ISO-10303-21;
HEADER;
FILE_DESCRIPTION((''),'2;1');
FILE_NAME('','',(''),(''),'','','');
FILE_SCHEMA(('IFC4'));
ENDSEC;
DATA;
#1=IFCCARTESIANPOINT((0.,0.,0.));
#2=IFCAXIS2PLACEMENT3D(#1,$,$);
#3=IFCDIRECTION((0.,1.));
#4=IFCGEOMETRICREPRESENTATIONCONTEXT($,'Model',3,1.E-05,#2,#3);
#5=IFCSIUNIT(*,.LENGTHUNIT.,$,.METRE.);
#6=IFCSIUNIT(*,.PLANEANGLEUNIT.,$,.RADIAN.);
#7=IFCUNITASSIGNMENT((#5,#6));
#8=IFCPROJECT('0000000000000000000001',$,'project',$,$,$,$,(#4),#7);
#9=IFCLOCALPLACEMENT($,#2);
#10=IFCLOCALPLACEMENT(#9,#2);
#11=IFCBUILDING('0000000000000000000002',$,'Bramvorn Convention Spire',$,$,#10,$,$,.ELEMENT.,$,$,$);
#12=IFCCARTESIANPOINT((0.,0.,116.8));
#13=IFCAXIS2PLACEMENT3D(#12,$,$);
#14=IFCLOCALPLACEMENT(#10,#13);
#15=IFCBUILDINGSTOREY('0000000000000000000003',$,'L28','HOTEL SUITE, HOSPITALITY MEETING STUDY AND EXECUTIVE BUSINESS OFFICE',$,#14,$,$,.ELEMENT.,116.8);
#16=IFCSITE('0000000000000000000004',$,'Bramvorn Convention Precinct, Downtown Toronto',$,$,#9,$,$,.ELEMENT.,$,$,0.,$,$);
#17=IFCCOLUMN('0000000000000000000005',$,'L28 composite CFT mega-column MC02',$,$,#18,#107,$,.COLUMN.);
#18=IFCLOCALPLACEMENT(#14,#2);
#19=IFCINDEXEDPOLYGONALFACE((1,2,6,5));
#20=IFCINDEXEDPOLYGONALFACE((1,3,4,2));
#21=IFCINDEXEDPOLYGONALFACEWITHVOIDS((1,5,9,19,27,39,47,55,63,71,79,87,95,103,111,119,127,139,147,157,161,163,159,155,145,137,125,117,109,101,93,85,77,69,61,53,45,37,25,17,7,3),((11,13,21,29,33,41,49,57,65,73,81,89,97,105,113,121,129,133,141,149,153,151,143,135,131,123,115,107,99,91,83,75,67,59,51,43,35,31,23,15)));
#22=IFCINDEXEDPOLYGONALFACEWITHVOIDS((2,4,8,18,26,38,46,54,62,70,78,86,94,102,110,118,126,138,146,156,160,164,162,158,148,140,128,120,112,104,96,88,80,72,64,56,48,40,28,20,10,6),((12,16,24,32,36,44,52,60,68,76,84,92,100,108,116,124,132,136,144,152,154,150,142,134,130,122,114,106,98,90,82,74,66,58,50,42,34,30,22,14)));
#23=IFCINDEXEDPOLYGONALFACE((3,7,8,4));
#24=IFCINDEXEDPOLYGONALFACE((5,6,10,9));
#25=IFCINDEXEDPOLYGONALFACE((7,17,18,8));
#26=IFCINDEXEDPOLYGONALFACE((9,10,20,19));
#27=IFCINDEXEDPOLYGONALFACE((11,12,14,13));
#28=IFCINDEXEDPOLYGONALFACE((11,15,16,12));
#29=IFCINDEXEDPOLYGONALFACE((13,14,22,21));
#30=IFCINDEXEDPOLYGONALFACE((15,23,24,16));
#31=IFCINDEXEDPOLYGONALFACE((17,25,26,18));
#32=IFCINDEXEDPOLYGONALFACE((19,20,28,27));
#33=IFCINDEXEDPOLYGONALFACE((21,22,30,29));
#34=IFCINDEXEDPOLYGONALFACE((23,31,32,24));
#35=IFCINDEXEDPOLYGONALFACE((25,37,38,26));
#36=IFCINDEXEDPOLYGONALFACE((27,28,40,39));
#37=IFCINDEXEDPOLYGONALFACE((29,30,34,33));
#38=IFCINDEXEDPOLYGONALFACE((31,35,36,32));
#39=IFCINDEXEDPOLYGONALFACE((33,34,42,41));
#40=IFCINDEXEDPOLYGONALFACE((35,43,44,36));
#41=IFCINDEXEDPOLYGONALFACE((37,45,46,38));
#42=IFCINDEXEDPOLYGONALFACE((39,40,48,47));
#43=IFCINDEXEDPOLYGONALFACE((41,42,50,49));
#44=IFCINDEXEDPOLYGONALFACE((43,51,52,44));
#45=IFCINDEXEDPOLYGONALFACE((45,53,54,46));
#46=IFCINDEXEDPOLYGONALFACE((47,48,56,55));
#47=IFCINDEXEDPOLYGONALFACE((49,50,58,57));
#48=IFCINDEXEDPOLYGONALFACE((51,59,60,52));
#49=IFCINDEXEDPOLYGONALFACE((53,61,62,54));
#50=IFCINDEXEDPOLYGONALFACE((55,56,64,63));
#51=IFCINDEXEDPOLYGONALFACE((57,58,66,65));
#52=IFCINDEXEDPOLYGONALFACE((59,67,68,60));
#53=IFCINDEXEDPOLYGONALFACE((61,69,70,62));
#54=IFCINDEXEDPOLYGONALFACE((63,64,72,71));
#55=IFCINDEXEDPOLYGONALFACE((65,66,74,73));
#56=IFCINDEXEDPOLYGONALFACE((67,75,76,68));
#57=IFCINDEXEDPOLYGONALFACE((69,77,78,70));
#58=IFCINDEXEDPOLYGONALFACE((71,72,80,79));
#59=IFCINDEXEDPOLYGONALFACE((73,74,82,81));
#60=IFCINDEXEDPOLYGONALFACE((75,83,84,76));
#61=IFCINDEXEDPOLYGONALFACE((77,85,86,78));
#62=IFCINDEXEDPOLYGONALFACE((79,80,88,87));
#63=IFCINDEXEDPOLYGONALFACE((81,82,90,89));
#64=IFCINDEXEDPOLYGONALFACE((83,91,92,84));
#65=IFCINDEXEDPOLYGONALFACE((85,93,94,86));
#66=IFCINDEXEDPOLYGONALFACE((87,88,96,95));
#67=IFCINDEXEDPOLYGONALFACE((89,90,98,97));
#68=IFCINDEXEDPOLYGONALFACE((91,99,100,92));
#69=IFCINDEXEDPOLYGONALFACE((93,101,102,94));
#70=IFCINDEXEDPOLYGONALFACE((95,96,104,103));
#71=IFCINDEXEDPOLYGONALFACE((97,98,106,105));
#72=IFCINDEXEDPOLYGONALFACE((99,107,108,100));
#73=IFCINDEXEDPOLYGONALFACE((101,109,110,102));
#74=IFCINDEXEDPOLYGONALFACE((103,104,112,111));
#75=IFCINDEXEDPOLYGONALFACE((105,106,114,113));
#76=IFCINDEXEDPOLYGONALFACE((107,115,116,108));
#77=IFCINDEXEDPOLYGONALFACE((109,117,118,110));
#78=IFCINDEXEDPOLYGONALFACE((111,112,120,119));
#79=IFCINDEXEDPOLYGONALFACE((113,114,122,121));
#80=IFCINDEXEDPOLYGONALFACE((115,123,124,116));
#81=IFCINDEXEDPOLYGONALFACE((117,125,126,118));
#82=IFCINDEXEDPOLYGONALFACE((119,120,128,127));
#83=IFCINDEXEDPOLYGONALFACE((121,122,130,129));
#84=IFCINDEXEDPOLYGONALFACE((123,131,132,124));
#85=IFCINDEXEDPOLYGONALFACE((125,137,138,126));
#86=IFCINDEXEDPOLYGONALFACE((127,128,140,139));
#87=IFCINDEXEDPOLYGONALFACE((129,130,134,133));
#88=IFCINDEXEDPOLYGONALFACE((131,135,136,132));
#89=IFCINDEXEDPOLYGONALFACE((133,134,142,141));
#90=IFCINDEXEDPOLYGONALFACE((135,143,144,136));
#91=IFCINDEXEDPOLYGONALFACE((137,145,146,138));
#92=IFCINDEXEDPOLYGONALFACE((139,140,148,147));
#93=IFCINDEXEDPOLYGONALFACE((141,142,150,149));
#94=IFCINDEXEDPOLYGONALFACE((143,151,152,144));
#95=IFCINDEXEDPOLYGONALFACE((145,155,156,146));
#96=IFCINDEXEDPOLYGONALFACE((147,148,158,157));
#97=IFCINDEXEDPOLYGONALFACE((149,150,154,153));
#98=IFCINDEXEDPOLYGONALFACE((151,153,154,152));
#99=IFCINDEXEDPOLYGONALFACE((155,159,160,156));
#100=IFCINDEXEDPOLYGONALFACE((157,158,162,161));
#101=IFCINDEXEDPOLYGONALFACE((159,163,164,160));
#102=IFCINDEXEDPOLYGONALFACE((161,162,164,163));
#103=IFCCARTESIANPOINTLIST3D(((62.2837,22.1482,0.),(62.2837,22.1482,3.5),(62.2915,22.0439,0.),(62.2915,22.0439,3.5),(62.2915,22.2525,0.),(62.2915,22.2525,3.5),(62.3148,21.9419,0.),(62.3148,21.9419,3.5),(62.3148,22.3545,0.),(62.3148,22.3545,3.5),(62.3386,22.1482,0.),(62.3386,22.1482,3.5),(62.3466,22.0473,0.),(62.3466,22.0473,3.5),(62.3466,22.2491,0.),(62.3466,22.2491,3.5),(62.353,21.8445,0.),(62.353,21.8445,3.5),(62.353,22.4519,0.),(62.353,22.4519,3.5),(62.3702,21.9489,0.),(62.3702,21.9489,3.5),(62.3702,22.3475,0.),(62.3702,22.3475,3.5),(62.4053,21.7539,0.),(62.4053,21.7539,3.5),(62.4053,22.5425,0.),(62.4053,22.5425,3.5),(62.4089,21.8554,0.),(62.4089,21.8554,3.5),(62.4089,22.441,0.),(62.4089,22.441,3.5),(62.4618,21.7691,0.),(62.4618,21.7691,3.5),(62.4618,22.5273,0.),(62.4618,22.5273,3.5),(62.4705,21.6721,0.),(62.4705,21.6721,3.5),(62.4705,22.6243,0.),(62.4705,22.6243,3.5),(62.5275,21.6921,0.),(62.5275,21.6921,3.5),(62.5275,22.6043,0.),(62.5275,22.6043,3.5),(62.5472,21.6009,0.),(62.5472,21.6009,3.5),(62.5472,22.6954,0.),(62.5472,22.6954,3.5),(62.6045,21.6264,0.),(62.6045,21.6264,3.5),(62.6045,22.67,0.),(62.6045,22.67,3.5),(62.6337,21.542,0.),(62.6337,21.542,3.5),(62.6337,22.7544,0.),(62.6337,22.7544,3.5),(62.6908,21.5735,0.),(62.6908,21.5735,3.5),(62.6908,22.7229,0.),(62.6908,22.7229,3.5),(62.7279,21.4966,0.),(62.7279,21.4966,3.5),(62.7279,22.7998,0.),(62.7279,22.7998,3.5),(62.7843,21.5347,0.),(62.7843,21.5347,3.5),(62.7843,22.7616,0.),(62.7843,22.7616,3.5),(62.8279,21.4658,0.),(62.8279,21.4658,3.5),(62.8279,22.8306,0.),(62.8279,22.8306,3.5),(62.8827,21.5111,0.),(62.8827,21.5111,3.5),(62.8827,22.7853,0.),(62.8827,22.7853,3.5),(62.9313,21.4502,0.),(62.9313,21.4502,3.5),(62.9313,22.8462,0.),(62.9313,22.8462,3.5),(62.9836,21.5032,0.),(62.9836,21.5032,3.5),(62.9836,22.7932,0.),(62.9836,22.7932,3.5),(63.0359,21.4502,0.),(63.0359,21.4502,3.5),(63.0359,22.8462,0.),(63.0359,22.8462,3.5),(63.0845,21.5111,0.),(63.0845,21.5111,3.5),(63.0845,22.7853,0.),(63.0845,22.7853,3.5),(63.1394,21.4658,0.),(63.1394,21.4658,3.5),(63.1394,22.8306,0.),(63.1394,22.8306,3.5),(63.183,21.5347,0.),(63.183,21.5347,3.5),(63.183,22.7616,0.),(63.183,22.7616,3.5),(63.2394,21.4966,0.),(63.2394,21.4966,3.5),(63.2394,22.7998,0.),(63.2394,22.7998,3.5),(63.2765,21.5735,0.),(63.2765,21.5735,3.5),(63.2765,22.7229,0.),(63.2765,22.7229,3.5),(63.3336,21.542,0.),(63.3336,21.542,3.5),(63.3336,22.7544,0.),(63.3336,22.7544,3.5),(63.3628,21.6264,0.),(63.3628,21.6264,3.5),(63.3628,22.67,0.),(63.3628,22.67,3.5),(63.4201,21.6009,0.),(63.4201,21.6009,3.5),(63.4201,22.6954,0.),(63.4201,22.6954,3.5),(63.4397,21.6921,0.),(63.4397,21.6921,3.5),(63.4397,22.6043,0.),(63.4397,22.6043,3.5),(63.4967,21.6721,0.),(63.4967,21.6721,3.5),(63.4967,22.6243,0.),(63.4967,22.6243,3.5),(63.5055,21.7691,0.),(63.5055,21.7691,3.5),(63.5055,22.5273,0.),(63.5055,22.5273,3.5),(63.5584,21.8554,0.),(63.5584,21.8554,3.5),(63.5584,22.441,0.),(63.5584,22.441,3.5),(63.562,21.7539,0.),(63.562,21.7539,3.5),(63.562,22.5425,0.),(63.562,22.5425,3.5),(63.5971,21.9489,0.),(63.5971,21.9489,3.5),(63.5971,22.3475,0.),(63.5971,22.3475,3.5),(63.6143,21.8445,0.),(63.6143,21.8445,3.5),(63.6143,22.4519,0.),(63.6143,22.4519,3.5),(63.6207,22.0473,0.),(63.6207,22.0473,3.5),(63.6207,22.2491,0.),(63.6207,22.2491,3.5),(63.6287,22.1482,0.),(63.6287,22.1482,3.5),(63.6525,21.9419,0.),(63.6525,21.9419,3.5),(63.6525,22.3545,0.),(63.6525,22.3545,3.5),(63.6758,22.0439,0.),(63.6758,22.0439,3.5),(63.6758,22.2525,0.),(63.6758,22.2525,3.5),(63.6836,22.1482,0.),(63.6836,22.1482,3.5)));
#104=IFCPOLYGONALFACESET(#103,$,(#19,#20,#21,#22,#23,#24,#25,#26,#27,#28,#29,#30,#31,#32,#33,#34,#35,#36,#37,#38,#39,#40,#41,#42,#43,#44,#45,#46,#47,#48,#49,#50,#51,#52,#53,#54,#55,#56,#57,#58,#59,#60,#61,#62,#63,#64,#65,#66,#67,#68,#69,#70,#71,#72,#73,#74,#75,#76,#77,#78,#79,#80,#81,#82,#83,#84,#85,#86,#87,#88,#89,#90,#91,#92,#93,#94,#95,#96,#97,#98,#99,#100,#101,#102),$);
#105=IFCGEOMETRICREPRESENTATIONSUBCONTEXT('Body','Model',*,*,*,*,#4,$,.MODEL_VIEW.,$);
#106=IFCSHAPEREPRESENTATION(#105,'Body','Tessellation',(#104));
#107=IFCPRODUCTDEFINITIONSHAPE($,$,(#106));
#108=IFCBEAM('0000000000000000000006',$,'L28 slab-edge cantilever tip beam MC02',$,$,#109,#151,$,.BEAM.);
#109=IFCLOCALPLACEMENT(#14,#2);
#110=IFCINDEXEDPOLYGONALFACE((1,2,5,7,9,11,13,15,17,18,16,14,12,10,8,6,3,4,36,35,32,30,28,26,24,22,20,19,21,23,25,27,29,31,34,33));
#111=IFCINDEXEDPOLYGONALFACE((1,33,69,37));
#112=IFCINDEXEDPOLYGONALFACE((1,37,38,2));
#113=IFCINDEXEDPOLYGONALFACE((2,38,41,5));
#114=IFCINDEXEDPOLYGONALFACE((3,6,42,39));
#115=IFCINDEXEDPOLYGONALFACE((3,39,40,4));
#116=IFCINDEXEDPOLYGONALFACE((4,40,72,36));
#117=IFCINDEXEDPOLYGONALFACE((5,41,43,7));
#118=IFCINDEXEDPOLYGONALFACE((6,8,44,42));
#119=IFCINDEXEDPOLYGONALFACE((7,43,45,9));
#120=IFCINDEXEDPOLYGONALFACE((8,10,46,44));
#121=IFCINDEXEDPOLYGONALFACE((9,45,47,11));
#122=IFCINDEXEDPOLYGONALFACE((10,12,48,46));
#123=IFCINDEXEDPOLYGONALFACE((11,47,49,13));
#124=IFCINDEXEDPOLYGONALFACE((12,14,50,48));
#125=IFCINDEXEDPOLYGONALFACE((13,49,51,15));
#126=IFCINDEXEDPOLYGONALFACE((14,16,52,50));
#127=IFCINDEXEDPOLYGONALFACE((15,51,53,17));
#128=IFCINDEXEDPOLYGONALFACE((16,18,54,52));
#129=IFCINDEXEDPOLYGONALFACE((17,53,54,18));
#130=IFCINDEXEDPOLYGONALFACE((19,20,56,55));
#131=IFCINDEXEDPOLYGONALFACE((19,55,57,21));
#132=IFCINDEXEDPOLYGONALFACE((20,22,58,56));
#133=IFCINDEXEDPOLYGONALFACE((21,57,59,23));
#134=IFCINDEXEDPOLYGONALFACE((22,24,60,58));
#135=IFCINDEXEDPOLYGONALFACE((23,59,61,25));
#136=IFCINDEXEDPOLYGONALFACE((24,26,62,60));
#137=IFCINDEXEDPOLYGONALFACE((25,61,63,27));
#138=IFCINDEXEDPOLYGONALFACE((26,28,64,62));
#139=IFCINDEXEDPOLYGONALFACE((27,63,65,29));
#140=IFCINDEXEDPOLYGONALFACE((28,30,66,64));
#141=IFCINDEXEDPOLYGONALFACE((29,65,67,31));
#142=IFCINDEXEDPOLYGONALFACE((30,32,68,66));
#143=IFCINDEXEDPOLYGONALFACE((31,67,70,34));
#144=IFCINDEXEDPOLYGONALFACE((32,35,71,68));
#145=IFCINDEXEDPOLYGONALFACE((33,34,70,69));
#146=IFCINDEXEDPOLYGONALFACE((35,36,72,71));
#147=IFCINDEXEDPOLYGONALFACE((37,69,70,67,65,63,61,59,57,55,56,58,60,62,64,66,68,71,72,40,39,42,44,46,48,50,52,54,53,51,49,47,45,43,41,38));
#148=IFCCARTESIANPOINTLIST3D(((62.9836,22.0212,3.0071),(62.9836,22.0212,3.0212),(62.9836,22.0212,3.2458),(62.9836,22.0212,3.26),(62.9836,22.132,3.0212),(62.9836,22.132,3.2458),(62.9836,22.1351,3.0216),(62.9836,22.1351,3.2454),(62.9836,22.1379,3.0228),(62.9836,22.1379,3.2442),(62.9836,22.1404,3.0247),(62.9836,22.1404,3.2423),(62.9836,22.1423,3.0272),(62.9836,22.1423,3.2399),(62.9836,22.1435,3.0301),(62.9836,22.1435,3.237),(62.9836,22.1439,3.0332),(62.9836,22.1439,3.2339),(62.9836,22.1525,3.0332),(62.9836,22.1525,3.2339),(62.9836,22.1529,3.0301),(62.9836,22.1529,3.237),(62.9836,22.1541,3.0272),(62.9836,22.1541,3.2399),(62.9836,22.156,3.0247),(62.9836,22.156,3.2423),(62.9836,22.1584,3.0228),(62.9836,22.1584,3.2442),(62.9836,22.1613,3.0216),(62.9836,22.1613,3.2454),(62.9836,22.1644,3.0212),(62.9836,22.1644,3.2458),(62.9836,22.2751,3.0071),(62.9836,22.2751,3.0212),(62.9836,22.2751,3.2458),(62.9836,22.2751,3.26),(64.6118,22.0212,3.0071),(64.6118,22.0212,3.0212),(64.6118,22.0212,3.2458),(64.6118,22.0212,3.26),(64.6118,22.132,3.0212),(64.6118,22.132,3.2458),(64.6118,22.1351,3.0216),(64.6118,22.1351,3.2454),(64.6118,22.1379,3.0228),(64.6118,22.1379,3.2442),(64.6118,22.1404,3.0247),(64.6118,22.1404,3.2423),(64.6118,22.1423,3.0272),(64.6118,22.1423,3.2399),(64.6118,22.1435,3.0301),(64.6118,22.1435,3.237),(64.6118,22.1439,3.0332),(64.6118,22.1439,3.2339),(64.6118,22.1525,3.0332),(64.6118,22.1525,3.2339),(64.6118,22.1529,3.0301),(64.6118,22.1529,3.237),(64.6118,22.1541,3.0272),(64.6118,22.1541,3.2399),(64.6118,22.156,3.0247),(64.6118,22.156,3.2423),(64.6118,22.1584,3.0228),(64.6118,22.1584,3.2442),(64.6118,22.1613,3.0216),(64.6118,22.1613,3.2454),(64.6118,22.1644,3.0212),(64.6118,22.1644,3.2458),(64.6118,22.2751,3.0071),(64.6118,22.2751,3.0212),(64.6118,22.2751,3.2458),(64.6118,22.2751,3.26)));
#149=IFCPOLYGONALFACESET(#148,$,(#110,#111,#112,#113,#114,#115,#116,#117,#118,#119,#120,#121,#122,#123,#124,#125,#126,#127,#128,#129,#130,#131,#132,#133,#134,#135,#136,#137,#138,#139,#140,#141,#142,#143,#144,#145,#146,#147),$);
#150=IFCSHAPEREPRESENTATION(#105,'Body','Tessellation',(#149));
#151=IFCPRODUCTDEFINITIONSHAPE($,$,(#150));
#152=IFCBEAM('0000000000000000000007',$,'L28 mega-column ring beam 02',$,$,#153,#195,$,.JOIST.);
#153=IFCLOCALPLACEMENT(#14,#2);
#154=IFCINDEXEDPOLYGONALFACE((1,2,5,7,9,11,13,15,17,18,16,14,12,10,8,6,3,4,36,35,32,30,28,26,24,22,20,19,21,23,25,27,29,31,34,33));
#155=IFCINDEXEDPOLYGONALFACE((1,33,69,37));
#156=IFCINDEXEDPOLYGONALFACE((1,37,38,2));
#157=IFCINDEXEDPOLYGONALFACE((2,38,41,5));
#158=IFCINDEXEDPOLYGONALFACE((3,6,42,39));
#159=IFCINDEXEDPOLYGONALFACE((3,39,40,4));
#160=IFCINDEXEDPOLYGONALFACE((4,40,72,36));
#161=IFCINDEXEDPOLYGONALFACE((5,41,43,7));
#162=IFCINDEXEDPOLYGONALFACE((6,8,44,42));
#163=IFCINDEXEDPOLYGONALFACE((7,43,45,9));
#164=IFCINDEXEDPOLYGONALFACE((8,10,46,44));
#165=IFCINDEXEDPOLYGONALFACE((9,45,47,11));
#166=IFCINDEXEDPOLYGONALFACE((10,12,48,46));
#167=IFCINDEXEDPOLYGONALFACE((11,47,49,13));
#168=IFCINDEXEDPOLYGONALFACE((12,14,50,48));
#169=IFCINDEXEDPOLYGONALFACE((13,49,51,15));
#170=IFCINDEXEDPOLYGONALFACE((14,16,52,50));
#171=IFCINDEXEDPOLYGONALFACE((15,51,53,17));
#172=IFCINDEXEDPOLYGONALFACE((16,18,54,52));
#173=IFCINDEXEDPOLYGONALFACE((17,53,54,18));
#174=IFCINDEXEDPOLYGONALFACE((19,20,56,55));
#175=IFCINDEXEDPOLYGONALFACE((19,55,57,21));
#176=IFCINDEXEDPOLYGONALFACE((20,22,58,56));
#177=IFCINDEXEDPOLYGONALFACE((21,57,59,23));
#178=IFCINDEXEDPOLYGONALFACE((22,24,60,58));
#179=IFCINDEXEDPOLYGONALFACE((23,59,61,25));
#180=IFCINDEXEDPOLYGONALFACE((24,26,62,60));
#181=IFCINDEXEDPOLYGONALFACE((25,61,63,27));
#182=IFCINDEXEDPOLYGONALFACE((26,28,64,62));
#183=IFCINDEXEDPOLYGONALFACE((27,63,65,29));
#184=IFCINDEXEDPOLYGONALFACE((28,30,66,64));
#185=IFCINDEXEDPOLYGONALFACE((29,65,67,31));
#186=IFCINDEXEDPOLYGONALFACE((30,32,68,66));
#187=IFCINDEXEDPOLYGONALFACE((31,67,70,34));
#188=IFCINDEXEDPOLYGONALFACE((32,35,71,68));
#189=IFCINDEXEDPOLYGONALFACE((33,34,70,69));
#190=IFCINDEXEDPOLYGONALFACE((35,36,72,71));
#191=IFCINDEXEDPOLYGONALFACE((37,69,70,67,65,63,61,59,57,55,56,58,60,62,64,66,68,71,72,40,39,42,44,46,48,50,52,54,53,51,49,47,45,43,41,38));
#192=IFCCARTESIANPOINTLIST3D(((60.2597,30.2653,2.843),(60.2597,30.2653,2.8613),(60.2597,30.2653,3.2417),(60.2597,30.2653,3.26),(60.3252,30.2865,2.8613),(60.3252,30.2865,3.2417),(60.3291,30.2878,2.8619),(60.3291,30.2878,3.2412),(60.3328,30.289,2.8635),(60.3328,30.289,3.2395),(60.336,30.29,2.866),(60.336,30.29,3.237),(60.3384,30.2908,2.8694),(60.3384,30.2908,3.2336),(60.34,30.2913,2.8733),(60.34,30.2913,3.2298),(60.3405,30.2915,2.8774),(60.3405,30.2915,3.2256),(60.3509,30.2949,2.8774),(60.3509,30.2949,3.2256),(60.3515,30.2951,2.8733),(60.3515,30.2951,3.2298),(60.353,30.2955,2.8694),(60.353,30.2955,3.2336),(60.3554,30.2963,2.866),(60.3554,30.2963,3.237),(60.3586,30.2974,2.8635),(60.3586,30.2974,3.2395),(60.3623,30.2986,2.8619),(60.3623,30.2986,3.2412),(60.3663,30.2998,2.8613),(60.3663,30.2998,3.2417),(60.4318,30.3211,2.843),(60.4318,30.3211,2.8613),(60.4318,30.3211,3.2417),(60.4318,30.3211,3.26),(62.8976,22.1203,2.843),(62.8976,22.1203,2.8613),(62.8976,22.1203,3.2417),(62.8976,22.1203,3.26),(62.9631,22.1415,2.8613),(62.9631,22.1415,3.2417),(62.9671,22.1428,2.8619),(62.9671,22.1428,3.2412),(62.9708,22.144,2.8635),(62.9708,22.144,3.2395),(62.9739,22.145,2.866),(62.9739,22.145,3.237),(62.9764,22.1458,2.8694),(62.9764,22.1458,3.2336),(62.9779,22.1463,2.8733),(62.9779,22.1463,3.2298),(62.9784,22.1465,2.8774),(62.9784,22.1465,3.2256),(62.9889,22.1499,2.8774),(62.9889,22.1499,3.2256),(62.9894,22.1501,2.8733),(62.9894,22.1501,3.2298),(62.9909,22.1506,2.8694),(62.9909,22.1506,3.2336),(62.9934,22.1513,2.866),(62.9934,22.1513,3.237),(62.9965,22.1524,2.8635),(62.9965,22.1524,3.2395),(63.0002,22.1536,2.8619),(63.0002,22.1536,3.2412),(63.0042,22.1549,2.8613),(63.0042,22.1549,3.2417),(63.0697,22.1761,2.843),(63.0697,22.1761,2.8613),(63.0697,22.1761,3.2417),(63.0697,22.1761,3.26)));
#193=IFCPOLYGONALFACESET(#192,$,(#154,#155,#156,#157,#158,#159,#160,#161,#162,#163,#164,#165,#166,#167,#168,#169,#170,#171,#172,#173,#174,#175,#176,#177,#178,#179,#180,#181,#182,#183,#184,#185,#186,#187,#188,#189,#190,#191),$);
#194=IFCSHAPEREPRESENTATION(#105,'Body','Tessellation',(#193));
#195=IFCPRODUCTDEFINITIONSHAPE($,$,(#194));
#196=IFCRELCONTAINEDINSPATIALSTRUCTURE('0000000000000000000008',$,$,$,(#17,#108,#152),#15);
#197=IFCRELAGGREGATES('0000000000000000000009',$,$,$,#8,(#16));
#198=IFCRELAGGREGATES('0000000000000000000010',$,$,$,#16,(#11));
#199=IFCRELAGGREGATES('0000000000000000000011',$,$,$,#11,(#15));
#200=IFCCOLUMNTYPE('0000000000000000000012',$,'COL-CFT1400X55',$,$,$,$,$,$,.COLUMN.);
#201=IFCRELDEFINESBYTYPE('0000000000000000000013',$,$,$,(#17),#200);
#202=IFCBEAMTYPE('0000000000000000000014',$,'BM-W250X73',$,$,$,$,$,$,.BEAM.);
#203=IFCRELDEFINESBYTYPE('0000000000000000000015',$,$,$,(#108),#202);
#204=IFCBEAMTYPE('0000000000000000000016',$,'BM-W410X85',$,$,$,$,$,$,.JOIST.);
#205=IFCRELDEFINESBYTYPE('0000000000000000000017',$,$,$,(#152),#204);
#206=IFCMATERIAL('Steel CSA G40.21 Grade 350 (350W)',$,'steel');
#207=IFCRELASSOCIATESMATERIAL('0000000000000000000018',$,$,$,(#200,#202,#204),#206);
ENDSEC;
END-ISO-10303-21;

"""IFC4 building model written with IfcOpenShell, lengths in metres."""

from ifc_helpers import new_model, si_unit, direction, frame, origin, origin_2d, place, context, subcontext, project, spatial, hollow_circle, i_section, extrude, material, material_profile, profile_set, type_object, element, save


model = new_model("IFC4")

# Units and contexts
model_context = context("Model", 3, precision=1e-05, world=origin(), true_north=direction((0.0, 1.0)))
body_context = subcontext(model_context, "Body", "Model", "MODEL_VIEW")
ifc_project = project(units=[si_unit("LENGTHUNIT", "METRE"), si_unit("PLANEANGLEUNIT", "RADIAN")], contexts=[model_context])

# Site, building, storey
site_placement = place(None, origin())
site = spatial("IfcSite", under=ifc_project, at=site_placement, Name="Bramvorn Convention Precinct, Downtown Toronto", CompositionType="ELEMENT", RefElevation=0.0)
building_placement = place(site_placement, origin())
building = spatial("IfcBuilding", under=site, at=building_placement, Name="Bramvorn Convention Spire", CompositionType="ELEMENT")
storey_placement = place(building_placement, frame((0.0, 0.0, 116.8)))
storey = spatial("IfcBuildingStorey", under=building, at=storey_placement, Name="L28", Description="HOTEL SUITE, HOSPITALITY MEETING STUDY AND EXECUTIVE BUSINESS OFFICE", CompositionType="ELEMENT", Elevation=116.8)

# Column
ifc_material_1 = material(Name="Steel CSA G40.21 Grade 350 (350W)", Category="steel")
ifc_material_profile_1 = material_profile(ifc_material_1, hollow_circle(Radius=0.7, WallThickness=0.0549, at=origin_2d()))
ifc_profile_set_1 = profile_set([ifc_material_profile_1], Name="Steel CSA G40.21 Grade 350 (350W) - CFT1400X55")
column_type = type_object("IfcColumnType", Name="COL-CFT1400X55", PredefinedType="COLUMN", material=ifc_profile_set_1)
column_placement = place(storey_placement, frame((62.9836, 22.1482, 0.0), z_axis=(0.0, 0.0, 1.0), x_axis=(1.0, 0.0, 0.0)))
element("IfcColumn", 1, at=column_placement, inside=storey, type_object=column_type, Name="L28 composite CFT mega-column MC02", PredefinedType="COLUMN", context=body_context, shape_type="SweptSolid", body=[
    extrude(hollow_circle(Radius=0.7, WallThickness=0.0549, at=origin_2d()), origin(), (0.0, 0.0, 1.0), 3.5),
])

# Beams
ifc_material_profile_2 = material_profile(ifc_material_1, i_section(OverallWidth=0.2539, OverallDepth=0.2529, WebThickness=0.0085, FlangeThickness=0.0142, FilletRadius=0.012, at=origin_2d()))
ifc_profile_set_2 = profile_set([ifc_material_profile_2], Name="Steel CSA G40.21 Grade 350 (350W) - W250X73")
beam_type_1 = type_object("IfcBeamType", Name="BM-W250X73", PredefinedType="BEAM", material=ifc_profile_set_2)
beam_1_placement = place(storey_placement, frame((62.9836, 22.1482, 3.1335), z_axis=(1.0, 0.0, 0.0), x_axis=(0.0, 1.0, 0.0)))
element("IfcBeam", 2, at=beam_1_placement, inside=storey, type_object=beam_type_1, Name="L28 slab-edge cantilever tip beam MC02", PredefinedType="BEAM", context=body_context, shape_type="SweptSolid", body=[
    extrude(i_section(OverallWidth=0.2539, OverallDepth=0.2529, WebThickness=0.0085, FlangeThickness=0.0142, FilletRadius=0.012, at=origin_2d()), origin(), (0.0, 0.0, 1.0), 1.6282),
])
ifc_material_profile_3 = material_profile(ifc_material_1, i_section(OverallWidth=0.1809, OverallDepth=0.417, WebThickness=0.011, FlangeThickness=0.0183, FilletRadius=0.0161, at=origin_2d()))
ifc_profile_set_3 = profile_set([ifc_material_profile_3], Name="Steel CSA G40.21 Grade 350 (350W) - W410X85")
beam_type_2 = type_object("IfcBeamType", Name="BM-W410X85", PredefinedType="JOIST", material=ifc_profile_set_3)
beam_2_placement = place(storey_placement, frame((62.9836, 22.1482, 3.0515), z_axis=(-0.308115, 0.951349, 0.0), x_axis=(-0.951349, -0.308115, 0.0)))
element("IfcBeam", 3, at=beam_2_placement, inside=storey, type_object=beam_type_2, Name="L28 mega-column ring beam 02", PredefinedType="JOIST", context=body_context, shape_type="SweptSolid", body=[
    extrude(i_section(OverallWidth=0.1809, OverallDepth=0.417, WebThickness=0.011, FlangeThickness=0.0183, FilletRadius=0.0161, at=origin_2d()), origin(), (0.0, 0.0, 1.0), 8.5615),
])

save(model, "model.ifc")
